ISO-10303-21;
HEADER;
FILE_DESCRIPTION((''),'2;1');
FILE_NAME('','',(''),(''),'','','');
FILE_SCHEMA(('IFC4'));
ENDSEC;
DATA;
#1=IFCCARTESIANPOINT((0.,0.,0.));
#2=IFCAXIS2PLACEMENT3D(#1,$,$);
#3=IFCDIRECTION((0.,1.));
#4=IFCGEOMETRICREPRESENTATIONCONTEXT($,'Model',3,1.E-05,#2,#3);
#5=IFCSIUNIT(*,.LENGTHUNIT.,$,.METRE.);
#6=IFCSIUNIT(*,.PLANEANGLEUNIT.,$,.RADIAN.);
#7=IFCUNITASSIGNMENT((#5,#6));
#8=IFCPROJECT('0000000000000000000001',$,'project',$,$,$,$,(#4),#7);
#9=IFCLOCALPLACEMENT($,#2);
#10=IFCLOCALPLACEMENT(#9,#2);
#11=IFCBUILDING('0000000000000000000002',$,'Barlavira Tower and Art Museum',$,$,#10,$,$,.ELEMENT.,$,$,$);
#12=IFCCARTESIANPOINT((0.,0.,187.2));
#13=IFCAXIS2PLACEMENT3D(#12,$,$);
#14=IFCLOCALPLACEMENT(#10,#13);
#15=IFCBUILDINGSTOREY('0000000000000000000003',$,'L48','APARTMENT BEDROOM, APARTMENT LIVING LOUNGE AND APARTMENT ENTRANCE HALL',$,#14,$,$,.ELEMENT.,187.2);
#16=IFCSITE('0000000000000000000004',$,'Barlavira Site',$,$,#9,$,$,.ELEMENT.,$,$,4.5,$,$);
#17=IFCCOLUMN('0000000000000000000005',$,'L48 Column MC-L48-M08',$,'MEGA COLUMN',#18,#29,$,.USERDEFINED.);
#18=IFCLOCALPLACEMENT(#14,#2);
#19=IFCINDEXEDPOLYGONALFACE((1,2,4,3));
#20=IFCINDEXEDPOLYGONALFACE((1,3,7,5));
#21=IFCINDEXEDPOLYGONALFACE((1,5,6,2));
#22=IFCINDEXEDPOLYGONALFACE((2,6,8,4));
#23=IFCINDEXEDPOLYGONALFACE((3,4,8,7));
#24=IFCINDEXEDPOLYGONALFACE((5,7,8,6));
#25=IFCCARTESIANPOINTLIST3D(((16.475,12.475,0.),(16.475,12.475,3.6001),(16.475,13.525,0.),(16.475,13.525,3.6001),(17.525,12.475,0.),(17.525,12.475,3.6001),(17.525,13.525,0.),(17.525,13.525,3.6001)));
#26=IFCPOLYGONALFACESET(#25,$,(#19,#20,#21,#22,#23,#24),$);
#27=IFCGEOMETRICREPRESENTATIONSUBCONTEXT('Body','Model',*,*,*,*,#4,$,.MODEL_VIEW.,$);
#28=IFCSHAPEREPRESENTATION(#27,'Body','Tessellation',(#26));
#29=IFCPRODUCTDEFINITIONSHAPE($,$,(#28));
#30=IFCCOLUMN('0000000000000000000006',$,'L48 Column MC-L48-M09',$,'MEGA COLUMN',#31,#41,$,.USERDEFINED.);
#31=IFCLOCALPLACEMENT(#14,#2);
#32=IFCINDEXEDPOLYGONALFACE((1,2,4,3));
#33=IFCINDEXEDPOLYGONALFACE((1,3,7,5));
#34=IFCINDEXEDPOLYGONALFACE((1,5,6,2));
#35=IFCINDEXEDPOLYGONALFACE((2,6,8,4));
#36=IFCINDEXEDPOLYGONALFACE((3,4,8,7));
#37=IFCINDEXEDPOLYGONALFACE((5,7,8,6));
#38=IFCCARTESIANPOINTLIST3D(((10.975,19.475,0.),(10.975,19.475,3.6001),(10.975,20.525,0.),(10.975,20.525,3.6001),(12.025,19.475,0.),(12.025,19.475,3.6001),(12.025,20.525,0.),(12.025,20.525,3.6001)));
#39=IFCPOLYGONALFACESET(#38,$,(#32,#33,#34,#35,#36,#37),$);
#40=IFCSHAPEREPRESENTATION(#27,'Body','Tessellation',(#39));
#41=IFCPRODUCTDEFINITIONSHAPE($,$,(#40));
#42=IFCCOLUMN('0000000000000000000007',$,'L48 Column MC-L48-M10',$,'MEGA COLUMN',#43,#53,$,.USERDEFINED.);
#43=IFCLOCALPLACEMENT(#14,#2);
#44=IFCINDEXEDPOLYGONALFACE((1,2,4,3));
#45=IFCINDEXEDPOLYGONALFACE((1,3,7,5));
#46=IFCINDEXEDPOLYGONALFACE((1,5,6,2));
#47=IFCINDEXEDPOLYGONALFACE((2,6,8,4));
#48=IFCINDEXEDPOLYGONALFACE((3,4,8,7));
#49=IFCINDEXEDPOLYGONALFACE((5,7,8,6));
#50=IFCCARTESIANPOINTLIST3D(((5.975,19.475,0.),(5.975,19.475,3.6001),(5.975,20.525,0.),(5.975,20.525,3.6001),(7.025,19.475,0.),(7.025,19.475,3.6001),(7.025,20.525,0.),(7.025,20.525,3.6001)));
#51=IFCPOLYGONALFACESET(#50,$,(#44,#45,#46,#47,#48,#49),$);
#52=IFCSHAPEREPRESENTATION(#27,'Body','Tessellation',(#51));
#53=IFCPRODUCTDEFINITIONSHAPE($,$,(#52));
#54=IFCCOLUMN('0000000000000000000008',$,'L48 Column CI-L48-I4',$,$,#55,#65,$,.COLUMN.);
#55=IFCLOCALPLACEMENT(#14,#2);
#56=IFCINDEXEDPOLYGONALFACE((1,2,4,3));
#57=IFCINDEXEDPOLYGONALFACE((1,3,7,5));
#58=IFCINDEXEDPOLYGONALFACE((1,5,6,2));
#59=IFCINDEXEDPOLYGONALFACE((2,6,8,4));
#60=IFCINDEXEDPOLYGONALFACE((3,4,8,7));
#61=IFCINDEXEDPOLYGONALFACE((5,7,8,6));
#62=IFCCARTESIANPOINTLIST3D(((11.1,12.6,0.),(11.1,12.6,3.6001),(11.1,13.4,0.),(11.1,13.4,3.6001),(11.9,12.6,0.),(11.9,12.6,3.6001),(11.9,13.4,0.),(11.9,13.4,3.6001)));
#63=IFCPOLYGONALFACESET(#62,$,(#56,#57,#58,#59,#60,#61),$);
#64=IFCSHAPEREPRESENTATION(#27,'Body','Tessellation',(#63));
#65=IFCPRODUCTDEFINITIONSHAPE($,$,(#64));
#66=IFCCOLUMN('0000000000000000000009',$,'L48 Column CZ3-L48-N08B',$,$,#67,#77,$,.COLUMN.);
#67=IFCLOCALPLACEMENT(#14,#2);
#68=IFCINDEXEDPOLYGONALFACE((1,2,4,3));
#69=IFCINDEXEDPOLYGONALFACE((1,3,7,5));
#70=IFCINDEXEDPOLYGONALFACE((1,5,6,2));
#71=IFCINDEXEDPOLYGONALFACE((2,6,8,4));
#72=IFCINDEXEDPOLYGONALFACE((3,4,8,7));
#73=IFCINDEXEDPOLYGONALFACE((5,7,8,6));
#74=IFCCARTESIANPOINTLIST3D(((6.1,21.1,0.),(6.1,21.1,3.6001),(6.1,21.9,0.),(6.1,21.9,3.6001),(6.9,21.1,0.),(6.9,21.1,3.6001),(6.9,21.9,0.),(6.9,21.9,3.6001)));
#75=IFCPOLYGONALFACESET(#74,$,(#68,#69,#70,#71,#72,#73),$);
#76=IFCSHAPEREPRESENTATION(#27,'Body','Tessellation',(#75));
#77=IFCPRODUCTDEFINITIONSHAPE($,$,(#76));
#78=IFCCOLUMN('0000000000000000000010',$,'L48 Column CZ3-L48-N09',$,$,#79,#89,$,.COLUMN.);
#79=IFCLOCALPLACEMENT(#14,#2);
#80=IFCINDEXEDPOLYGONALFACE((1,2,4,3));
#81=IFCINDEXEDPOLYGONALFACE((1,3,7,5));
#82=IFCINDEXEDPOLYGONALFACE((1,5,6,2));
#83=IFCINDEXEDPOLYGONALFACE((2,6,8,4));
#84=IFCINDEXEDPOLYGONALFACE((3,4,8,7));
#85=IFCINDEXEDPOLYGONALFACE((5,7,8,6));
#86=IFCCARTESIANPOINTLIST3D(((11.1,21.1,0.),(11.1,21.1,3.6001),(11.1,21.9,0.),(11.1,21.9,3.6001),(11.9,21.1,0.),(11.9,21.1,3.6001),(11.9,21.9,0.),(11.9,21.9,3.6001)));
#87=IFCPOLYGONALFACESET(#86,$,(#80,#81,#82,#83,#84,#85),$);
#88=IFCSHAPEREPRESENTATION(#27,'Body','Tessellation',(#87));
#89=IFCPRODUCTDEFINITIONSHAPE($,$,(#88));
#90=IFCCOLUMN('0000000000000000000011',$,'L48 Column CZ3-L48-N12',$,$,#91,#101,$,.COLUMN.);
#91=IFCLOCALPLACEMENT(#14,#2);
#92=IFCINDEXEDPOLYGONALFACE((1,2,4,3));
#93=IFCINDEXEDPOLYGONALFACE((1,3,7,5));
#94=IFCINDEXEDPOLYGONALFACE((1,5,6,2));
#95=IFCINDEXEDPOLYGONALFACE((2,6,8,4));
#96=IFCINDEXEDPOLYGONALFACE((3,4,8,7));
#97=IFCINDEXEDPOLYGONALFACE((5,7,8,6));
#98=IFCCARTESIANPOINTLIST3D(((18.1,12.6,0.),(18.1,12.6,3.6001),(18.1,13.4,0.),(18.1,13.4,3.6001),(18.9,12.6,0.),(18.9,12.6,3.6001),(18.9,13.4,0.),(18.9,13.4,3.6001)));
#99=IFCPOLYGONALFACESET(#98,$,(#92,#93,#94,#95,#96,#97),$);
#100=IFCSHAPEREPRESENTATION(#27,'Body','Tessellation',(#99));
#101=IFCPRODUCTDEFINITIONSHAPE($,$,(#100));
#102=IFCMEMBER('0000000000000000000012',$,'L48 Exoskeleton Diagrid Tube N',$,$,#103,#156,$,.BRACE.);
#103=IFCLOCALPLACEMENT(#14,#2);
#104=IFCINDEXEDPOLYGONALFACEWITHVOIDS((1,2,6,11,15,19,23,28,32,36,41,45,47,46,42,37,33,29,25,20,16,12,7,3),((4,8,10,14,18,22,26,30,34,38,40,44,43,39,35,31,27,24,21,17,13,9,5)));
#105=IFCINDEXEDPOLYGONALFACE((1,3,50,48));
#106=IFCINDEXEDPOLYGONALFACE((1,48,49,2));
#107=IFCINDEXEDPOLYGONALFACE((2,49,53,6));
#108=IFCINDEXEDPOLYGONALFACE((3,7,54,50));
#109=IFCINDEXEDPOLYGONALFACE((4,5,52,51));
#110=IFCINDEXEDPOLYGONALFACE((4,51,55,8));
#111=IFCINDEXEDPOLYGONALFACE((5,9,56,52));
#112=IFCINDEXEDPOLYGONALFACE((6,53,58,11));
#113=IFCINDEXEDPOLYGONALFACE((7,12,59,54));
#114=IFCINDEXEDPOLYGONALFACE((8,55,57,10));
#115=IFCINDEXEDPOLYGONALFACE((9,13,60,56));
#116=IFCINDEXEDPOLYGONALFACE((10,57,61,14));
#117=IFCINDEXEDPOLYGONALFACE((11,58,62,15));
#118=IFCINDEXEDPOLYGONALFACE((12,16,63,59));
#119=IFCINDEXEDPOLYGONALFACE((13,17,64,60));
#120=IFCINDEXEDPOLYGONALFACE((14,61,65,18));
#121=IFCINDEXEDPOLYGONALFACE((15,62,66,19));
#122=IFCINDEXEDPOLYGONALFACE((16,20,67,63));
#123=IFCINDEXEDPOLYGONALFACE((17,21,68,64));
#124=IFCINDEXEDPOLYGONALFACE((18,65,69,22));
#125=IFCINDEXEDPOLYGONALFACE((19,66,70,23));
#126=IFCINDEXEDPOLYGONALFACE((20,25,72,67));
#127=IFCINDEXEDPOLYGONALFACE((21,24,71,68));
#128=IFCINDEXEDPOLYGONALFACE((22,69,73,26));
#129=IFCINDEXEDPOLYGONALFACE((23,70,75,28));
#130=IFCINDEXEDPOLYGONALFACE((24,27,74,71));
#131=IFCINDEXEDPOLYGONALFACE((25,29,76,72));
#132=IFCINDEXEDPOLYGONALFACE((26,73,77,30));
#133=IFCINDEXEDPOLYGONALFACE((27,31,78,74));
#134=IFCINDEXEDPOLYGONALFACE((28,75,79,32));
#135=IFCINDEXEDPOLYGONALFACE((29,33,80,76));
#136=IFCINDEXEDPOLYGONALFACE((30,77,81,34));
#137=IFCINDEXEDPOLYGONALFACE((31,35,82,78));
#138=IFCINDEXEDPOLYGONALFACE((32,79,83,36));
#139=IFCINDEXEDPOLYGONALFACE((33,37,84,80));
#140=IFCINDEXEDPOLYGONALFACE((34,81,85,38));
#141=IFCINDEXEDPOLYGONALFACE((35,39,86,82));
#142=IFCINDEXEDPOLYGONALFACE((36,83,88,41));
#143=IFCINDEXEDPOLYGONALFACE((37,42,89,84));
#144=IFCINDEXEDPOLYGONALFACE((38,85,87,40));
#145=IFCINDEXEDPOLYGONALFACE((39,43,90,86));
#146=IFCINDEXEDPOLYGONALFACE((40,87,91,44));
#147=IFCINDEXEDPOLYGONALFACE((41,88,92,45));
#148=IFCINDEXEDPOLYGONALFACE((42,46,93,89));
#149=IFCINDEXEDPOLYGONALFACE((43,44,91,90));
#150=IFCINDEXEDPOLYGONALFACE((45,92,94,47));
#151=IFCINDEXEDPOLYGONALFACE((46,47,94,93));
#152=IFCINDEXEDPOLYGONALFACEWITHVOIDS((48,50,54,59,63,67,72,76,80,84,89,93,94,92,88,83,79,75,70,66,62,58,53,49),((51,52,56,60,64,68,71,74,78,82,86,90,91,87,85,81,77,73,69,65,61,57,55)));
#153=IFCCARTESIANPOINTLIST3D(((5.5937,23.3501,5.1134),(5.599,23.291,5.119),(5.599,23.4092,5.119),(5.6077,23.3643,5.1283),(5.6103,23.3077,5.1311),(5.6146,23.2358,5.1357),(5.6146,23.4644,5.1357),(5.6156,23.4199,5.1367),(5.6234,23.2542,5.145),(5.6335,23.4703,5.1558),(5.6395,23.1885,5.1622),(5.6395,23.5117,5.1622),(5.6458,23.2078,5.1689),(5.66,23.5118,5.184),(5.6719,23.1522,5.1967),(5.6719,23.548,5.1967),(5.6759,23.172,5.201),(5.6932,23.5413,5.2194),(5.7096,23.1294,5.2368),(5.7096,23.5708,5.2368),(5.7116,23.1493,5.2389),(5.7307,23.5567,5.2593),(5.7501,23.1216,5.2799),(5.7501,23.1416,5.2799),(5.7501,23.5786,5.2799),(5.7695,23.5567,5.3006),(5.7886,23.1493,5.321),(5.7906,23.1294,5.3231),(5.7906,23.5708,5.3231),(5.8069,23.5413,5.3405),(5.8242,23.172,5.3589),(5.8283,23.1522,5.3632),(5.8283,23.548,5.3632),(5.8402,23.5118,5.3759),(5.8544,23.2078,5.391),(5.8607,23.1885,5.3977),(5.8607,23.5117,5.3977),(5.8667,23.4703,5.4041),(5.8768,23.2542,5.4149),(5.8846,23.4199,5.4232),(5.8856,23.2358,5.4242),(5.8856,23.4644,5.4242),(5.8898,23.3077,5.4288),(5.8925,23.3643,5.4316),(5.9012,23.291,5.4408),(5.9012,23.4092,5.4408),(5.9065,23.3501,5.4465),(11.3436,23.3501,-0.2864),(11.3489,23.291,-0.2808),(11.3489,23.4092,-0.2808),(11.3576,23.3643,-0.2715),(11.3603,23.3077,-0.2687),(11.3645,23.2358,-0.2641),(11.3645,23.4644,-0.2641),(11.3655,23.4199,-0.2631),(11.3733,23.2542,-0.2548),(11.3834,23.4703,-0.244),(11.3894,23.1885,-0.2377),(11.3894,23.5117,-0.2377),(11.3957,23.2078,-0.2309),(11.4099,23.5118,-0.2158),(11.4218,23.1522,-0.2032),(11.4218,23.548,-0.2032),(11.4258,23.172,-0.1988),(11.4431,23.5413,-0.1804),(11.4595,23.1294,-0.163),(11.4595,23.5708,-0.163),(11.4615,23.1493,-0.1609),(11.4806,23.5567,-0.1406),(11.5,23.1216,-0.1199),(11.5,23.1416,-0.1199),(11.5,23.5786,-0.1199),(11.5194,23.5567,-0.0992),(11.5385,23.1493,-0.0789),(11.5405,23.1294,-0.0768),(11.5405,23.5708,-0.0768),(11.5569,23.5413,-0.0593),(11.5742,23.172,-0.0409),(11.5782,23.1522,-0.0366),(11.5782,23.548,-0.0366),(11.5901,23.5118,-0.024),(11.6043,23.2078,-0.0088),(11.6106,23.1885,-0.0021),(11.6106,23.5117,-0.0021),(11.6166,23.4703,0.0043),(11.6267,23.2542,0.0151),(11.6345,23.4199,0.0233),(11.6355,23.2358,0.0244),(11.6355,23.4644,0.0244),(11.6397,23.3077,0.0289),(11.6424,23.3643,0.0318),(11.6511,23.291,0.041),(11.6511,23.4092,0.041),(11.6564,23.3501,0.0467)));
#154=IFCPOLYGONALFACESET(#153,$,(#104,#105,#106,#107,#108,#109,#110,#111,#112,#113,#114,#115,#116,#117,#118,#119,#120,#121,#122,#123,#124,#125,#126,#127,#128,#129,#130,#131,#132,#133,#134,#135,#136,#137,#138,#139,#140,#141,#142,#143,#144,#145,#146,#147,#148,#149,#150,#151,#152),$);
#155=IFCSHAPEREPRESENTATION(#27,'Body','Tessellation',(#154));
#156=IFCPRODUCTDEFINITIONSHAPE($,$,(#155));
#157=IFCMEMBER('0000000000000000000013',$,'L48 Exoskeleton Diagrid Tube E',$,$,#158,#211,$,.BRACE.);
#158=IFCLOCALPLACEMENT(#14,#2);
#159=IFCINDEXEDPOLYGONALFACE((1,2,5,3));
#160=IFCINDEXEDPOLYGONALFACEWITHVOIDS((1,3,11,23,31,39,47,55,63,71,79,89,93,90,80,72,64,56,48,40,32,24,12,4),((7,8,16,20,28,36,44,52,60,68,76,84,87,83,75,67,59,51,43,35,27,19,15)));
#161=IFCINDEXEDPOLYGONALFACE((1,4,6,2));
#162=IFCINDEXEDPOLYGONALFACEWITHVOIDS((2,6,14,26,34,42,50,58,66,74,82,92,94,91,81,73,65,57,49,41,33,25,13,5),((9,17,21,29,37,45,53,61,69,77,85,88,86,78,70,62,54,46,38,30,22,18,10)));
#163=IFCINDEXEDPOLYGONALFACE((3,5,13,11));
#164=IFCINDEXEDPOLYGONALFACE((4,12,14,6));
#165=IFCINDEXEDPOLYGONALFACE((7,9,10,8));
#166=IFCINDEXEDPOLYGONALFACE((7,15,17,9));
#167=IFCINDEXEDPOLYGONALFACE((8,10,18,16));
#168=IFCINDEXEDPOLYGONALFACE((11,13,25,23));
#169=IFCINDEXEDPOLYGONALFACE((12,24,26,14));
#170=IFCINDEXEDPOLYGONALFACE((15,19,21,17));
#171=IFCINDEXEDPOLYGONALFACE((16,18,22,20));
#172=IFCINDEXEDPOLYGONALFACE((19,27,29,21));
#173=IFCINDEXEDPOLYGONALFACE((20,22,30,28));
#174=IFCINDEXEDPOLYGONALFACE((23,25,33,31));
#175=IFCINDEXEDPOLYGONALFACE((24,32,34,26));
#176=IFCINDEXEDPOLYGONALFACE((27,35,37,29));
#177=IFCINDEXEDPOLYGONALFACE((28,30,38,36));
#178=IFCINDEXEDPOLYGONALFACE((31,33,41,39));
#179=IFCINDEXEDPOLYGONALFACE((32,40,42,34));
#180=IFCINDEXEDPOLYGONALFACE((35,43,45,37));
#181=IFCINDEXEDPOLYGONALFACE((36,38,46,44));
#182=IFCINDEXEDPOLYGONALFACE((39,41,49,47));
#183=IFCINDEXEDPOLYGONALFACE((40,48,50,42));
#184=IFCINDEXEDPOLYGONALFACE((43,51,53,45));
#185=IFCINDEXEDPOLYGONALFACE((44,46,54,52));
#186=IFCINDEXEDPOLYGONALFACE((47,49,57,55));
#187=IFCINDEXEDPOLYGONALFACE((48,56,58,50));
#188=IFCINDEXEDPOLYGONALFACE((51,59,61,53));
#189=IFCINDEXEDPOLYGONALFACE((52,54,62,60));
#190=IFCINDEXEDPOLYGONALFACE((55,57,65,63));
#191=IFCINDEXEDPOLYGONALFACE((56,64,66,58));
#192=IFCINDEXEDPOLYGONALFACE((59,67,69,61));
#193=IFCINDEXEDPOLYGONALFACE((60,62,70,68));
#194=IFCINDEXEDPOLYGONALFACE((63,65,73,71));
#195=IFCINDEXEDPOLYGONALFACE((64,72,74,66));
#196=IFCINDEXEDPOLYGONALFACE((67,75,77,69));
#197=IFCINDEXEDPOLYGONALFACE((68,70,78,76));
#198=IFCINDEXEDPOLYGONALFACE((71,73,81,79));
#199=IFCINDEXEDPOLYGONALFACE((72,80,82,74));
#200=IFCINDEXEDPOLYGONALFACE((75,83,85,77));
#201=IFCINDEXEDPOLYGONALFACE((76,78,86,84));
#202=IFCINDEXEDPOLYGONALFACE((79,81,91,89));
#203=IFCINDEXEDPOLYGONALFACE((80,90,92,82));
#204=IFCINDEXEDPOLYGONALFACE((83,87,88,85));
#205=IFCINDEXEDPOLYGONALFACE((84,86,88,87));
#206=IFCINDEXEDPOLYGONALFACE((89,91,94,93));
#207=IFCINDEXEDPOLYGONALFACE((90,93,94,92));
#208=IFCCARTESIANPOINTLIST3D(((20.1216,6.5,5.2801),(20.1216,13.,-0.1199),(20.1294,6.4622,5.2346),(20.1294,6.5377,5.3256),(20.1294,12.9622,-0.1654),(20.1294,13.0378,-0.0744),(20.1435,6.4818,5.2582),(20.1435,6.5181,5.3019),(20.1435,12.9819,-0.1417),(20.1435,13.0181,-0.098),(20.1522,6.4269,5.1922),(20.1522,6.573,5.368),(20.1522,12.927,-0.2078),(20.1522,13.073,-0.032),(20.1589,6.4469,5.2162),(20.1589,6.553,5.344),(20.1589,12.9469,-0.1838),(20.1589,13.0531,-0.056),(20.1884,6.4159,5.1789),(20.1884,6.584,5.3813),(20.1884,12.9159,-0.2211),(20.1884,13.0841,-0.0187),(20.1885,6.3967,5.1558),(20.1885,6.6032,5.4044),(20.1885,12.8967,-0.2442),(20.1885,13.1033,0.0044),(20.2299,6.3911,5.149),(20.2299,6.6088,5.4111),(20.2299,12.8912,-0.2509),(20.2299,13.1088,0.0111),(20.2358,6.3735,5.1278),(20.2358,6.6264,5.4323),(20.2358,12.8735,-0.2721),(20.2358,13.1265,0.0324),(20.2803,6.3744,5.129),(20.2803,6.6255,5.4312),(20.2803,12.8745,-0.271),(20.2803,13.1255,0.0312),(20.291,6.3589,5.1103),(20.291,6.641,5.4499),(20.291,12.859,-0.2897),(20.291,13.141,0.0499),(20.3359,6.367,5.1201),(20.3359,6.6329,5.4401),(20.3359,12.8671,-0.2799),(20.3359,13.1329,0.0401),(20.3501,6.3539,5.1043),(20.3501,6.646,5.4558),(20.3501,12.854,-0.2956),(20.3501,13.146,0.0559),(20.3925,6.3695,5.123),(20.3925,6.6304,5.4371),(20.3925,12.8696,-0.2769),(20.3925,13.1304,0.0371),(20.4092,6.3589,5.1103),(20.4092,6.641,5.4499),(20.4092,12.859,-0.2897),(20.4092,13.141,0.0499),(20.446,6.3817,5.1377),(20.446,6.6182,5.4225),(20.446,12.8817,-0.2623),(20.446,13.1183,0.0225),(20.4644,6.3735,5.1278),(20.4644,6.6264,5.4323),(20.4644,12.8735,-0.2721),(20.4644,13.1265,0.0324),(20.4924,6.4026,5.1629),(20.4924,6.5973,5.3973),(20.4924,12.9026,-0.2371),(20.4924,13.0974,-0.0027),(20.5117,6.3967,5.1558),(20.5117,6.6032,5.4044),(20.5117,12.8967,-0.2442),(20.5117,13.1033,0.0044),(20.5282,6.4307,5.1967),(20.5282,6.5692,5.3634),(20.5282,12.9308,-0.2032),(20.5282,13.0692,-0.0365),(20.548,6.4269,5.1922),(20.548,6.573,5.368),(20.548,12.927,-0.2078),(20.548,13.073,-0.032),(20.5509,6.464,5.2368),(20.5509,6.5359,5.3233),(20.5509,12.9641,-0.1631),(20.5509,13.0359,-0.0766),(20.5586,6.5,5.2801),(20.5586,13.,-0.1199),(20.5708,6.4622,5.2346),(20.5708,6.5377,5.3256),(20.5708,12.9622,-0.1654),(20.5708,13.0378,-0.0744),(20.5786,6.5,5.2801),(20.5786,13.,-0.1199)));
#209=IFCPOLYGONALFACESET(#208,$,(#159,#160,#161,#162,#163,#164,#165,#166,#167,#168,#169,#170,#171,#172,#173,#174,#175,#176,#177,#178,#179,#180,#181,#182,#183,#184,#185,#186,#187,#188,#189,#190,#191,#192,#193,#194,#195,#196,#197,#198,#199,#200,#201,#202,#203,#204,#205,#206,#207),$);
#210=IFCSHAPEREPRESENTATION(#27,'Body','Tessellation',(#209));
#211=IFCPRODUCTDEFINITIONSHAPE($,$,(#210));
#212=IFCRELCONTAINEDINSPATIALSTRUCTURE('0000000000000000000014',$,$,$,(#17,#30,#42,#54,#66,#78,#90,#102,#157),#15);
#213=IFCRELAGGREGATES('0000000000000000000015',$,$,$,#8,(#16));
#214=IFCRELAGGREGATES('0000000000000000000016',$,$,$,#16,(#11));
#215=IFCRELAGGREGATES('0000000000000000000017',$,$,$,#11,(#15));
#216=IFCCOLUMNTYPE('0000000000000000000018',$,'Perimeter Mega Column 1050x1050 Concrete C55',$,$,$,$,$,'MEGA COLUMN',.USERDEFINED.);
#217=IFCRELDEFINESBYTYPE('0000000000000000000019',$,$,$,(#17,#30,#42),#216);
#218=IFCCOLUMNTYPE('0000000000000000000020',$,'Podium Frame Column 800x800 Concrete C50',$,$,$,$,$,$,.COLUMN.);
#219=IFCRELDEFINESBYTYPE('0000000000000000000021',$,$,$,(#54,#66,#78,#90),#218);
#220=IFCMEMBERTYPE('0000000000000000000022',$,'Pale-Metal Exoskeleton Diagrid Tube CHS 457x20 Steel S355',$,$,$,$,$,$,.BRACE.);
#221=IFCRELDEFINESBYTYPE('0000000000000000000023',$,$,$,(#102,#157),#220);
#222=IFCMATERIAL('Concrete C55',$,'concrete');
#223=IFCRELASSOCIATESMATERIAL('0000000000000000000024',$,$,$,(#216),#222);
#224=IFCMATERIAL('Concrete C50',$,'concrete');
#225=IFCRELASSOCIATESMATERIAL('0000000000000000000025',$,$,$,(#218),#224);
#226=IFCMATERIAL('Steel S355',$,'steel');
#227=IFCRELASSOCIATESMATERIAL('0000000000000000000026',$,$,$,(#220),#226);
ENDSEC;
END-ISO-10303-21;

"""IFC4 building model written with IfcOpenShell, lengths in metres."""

from ifc_helpers import new_model, si_unit, direction, frame, origin, origin_2d, place, context, subcontext, project, spatial, rectangle, hollow_circle, extrude, material, material_profile, profile_set, type_object, element, save


model = new_model("IFC4")

# Units and contexts
model_context = context("Model", 3, precision=1e-05, world=origin(), true_north=direction((0.0, 1.0)))
body_context = subcontext(model_context, "Body", "Model", "MODEL_VIEW")
ifc_project = project(units=[si_unit("LENGTHUNIT", "METRE"), si_unit("PLANEANGLEUNIT", "RADIAN")], contexts=[model_context])

# Site, building, storey
site_placement = place(None, origin())
site = spatial("IfcSite", under=ifc_project, at=site_placement, Name="Barlavira Site", CompositionType="ELEMENT", RefElevation=4.5)
building_placement = place(site_placement, origin())
building = spatial("IfcBuilding", under=site, at=building_placement, Name="Barlavira Tower and Art Museum", CompositionType="ELEMENT")
storey_placement = place(building_placement, frame((0.0, 0.0, 187.2)))
storey = spatial("IfcBuildingStorey", under=building, at=storey_placement, Name="L48", Description="APARTMENT BEDROOM, APARTMENT LIVING LOUNGE AND APARTMENT ENTRANCE HALL", CompositionType="ELEMENT", Elevation=187.2)

# Columns
ifc_material_1 = material(Name="Concrete C55", Category="concrete")
ifc_material_profile_1 = material_profile(ifc_material_1, rectangle(XDim=1.05, YDim=1.05, at=origin_2d()), Name="RC-COL 1050x1050")
ifc_profile_set_1 = profile_set([ifc_material_profile_1], Name="Concrete C55")
column_type_1 = type_object("IfcColumnType", Name="Perimeter Mega Column 1050x1050 Concrete C55", ElementType="MEGA COLUMN", PredefinedType="USERDEFINED", material=ifc_profile_set_1)
for number, where, z_axis, x_axis, name in (
    (1, (17.0, 13.0, 0.0), (0.0, 0.0, 1.0), (1.0, 0.0, 0.0), "L48 Column MC-L48-M08"),
    (2, (11.5, 20.0, 0.0), (0.0, 0.0, 1.0), (1.0, 0.0, 0.0), "L48 Column MC-L48-M09"),
    (3, (6.5, 20.0, 0.0), (0.0, 0.0, 1.0), (1.0, 0.0, 0.0), "L48 Column MC-L48-M10"),
):
    element("IfcColumn", number, at=place(storey_placement, frame(where, z_axis=z_axis, x_axis=x_axis)), inside=storey, type_object=column_type_1, Name=name, ObjectType="MEGA COLUMN", PredefinedType="USERDEFINED", context=body_context, shape_type="SweptSolid", body=[
        extrude(rectangle(XDim=1.05, YDim=1.05, at=origin_2d()), origin(), (0.0, 0.0, 1.0), 3.6001),
    ])
ifc_material_2 = material(Name="Concrete C50", Category="concrete")
ifc_material_profile_2 = material_profile(ifc_material_2, rectangle(XDim=0.8, YDim=0.8, at=origin_2d()), Name="RC-COL 800x800")
ifc_profile_set_2 = profile_set([ifc_material_profile_2], Name="Concrete C50")
column_type_2 = type_object("IfcColumnType", Name="Podium Frame Column 800x800 Concrete C50", PredefinedType="COLUMN", material=ifc_profile_set_2)
for number, where, z_axis, x_axis, name in (
    (4, (11.5, 13.0, 0.0), (0.0, 0.0, 1.0), (1.0, 0.0, 0.0), "L48 Column CI-L48-I4"),
    (5, (6.5, 21.5, 0.0), (0.0, 0.0, 1.0), (1.0, 0.0, 0.0), "L48 Column CZ3-L48-N08B"),
    (6, (11.5, 21.5, 0.0), (0.0, 0.0, 1.0), (1.0, 0.0, 0.0), "L48 Column CZ3-L48-N09"),
    (7, (18.5, 13.0, 0.0), (0.0, 0.0, 1.0), (1.0, 0.0, 0.0), "L48 Column CZ3-L48-N12"),
):
    element("IfcColumn", number, at=place(storey_placement, frame(where, z_axis=z_axis, x_axis=x_axis)), inside=storey, type_object=column_type_2, Name=name, PredefinedType="COLUMN", context=body_context, shape_type="SweptSolid", body=[
        extrude(rectangle(XDim=0.8, YDim=0.8, at=origin_2d()), origin(), (0.0, 0.0, 1.0), 3.6001),
    ])

# Members
ifc_material_3 = material(Name="Steel S355", Category="steel")
ifc_material_profile_3 = material_profile(ifc_material_3, hollow_circle(Radius=0.2285, WallThickness=0.02, at=origin_2d()), Name="CHS 457.0x20.0")
ifc_profile_set_3 = profile_set([ifc_material_profile_3], Name="Steel S355")
member_type_1 = type_object("IfcMemberType", Name="Pale-Metal Exoskeleton Diagrid Tube CHS 457x20 Steel S355", PredefinedType="BRACE", material=ifc_profile_set_3)
member_1_placement = place(storey_placement, frame((11.5, 23.3501, -0.1199), z_axis=(-0.72895, 0.0, 0.684567), x_axis=(0.0, -1.0, 0.0)))
element("IfcMember", 8, at=member_1_placement, inside=storey, type_object=member_type_1, Name="L48 Exoskeleton Diagrid Tube N", PredefinedType="BRACE", context=body_context, shape_type="SweptSolid", body=[
    extrude(hollow_circle(Radius=0.2285, WallThickness=0.02, at=origin_2d()), origin(), (0.0, 0.0, 1.0), 7.8879),
])
member_2_placement = place(storey_placement, frame((20.3501, 13.0, -0.1199), z_axis=(0.0, -0.769196, 0.639013), x_axis=(1.0, 0.0, 0.0)))
element("IfcMember", 9, at=member_2_placement, inside=storey, type_object=member_type_1, Name="L48 Exoskeleton Diagrid Tube E", PredefinedType="BRACE", context=body_context, shape_type="SweptSolid", body=[
    extrude(hollow_circle(Radius=0.2285, WallThickness=0.02, at=origin_2d()), origin(), (0.0, 0.0, 1.0), 8.4504),
])

save(model, "model.ifc")
